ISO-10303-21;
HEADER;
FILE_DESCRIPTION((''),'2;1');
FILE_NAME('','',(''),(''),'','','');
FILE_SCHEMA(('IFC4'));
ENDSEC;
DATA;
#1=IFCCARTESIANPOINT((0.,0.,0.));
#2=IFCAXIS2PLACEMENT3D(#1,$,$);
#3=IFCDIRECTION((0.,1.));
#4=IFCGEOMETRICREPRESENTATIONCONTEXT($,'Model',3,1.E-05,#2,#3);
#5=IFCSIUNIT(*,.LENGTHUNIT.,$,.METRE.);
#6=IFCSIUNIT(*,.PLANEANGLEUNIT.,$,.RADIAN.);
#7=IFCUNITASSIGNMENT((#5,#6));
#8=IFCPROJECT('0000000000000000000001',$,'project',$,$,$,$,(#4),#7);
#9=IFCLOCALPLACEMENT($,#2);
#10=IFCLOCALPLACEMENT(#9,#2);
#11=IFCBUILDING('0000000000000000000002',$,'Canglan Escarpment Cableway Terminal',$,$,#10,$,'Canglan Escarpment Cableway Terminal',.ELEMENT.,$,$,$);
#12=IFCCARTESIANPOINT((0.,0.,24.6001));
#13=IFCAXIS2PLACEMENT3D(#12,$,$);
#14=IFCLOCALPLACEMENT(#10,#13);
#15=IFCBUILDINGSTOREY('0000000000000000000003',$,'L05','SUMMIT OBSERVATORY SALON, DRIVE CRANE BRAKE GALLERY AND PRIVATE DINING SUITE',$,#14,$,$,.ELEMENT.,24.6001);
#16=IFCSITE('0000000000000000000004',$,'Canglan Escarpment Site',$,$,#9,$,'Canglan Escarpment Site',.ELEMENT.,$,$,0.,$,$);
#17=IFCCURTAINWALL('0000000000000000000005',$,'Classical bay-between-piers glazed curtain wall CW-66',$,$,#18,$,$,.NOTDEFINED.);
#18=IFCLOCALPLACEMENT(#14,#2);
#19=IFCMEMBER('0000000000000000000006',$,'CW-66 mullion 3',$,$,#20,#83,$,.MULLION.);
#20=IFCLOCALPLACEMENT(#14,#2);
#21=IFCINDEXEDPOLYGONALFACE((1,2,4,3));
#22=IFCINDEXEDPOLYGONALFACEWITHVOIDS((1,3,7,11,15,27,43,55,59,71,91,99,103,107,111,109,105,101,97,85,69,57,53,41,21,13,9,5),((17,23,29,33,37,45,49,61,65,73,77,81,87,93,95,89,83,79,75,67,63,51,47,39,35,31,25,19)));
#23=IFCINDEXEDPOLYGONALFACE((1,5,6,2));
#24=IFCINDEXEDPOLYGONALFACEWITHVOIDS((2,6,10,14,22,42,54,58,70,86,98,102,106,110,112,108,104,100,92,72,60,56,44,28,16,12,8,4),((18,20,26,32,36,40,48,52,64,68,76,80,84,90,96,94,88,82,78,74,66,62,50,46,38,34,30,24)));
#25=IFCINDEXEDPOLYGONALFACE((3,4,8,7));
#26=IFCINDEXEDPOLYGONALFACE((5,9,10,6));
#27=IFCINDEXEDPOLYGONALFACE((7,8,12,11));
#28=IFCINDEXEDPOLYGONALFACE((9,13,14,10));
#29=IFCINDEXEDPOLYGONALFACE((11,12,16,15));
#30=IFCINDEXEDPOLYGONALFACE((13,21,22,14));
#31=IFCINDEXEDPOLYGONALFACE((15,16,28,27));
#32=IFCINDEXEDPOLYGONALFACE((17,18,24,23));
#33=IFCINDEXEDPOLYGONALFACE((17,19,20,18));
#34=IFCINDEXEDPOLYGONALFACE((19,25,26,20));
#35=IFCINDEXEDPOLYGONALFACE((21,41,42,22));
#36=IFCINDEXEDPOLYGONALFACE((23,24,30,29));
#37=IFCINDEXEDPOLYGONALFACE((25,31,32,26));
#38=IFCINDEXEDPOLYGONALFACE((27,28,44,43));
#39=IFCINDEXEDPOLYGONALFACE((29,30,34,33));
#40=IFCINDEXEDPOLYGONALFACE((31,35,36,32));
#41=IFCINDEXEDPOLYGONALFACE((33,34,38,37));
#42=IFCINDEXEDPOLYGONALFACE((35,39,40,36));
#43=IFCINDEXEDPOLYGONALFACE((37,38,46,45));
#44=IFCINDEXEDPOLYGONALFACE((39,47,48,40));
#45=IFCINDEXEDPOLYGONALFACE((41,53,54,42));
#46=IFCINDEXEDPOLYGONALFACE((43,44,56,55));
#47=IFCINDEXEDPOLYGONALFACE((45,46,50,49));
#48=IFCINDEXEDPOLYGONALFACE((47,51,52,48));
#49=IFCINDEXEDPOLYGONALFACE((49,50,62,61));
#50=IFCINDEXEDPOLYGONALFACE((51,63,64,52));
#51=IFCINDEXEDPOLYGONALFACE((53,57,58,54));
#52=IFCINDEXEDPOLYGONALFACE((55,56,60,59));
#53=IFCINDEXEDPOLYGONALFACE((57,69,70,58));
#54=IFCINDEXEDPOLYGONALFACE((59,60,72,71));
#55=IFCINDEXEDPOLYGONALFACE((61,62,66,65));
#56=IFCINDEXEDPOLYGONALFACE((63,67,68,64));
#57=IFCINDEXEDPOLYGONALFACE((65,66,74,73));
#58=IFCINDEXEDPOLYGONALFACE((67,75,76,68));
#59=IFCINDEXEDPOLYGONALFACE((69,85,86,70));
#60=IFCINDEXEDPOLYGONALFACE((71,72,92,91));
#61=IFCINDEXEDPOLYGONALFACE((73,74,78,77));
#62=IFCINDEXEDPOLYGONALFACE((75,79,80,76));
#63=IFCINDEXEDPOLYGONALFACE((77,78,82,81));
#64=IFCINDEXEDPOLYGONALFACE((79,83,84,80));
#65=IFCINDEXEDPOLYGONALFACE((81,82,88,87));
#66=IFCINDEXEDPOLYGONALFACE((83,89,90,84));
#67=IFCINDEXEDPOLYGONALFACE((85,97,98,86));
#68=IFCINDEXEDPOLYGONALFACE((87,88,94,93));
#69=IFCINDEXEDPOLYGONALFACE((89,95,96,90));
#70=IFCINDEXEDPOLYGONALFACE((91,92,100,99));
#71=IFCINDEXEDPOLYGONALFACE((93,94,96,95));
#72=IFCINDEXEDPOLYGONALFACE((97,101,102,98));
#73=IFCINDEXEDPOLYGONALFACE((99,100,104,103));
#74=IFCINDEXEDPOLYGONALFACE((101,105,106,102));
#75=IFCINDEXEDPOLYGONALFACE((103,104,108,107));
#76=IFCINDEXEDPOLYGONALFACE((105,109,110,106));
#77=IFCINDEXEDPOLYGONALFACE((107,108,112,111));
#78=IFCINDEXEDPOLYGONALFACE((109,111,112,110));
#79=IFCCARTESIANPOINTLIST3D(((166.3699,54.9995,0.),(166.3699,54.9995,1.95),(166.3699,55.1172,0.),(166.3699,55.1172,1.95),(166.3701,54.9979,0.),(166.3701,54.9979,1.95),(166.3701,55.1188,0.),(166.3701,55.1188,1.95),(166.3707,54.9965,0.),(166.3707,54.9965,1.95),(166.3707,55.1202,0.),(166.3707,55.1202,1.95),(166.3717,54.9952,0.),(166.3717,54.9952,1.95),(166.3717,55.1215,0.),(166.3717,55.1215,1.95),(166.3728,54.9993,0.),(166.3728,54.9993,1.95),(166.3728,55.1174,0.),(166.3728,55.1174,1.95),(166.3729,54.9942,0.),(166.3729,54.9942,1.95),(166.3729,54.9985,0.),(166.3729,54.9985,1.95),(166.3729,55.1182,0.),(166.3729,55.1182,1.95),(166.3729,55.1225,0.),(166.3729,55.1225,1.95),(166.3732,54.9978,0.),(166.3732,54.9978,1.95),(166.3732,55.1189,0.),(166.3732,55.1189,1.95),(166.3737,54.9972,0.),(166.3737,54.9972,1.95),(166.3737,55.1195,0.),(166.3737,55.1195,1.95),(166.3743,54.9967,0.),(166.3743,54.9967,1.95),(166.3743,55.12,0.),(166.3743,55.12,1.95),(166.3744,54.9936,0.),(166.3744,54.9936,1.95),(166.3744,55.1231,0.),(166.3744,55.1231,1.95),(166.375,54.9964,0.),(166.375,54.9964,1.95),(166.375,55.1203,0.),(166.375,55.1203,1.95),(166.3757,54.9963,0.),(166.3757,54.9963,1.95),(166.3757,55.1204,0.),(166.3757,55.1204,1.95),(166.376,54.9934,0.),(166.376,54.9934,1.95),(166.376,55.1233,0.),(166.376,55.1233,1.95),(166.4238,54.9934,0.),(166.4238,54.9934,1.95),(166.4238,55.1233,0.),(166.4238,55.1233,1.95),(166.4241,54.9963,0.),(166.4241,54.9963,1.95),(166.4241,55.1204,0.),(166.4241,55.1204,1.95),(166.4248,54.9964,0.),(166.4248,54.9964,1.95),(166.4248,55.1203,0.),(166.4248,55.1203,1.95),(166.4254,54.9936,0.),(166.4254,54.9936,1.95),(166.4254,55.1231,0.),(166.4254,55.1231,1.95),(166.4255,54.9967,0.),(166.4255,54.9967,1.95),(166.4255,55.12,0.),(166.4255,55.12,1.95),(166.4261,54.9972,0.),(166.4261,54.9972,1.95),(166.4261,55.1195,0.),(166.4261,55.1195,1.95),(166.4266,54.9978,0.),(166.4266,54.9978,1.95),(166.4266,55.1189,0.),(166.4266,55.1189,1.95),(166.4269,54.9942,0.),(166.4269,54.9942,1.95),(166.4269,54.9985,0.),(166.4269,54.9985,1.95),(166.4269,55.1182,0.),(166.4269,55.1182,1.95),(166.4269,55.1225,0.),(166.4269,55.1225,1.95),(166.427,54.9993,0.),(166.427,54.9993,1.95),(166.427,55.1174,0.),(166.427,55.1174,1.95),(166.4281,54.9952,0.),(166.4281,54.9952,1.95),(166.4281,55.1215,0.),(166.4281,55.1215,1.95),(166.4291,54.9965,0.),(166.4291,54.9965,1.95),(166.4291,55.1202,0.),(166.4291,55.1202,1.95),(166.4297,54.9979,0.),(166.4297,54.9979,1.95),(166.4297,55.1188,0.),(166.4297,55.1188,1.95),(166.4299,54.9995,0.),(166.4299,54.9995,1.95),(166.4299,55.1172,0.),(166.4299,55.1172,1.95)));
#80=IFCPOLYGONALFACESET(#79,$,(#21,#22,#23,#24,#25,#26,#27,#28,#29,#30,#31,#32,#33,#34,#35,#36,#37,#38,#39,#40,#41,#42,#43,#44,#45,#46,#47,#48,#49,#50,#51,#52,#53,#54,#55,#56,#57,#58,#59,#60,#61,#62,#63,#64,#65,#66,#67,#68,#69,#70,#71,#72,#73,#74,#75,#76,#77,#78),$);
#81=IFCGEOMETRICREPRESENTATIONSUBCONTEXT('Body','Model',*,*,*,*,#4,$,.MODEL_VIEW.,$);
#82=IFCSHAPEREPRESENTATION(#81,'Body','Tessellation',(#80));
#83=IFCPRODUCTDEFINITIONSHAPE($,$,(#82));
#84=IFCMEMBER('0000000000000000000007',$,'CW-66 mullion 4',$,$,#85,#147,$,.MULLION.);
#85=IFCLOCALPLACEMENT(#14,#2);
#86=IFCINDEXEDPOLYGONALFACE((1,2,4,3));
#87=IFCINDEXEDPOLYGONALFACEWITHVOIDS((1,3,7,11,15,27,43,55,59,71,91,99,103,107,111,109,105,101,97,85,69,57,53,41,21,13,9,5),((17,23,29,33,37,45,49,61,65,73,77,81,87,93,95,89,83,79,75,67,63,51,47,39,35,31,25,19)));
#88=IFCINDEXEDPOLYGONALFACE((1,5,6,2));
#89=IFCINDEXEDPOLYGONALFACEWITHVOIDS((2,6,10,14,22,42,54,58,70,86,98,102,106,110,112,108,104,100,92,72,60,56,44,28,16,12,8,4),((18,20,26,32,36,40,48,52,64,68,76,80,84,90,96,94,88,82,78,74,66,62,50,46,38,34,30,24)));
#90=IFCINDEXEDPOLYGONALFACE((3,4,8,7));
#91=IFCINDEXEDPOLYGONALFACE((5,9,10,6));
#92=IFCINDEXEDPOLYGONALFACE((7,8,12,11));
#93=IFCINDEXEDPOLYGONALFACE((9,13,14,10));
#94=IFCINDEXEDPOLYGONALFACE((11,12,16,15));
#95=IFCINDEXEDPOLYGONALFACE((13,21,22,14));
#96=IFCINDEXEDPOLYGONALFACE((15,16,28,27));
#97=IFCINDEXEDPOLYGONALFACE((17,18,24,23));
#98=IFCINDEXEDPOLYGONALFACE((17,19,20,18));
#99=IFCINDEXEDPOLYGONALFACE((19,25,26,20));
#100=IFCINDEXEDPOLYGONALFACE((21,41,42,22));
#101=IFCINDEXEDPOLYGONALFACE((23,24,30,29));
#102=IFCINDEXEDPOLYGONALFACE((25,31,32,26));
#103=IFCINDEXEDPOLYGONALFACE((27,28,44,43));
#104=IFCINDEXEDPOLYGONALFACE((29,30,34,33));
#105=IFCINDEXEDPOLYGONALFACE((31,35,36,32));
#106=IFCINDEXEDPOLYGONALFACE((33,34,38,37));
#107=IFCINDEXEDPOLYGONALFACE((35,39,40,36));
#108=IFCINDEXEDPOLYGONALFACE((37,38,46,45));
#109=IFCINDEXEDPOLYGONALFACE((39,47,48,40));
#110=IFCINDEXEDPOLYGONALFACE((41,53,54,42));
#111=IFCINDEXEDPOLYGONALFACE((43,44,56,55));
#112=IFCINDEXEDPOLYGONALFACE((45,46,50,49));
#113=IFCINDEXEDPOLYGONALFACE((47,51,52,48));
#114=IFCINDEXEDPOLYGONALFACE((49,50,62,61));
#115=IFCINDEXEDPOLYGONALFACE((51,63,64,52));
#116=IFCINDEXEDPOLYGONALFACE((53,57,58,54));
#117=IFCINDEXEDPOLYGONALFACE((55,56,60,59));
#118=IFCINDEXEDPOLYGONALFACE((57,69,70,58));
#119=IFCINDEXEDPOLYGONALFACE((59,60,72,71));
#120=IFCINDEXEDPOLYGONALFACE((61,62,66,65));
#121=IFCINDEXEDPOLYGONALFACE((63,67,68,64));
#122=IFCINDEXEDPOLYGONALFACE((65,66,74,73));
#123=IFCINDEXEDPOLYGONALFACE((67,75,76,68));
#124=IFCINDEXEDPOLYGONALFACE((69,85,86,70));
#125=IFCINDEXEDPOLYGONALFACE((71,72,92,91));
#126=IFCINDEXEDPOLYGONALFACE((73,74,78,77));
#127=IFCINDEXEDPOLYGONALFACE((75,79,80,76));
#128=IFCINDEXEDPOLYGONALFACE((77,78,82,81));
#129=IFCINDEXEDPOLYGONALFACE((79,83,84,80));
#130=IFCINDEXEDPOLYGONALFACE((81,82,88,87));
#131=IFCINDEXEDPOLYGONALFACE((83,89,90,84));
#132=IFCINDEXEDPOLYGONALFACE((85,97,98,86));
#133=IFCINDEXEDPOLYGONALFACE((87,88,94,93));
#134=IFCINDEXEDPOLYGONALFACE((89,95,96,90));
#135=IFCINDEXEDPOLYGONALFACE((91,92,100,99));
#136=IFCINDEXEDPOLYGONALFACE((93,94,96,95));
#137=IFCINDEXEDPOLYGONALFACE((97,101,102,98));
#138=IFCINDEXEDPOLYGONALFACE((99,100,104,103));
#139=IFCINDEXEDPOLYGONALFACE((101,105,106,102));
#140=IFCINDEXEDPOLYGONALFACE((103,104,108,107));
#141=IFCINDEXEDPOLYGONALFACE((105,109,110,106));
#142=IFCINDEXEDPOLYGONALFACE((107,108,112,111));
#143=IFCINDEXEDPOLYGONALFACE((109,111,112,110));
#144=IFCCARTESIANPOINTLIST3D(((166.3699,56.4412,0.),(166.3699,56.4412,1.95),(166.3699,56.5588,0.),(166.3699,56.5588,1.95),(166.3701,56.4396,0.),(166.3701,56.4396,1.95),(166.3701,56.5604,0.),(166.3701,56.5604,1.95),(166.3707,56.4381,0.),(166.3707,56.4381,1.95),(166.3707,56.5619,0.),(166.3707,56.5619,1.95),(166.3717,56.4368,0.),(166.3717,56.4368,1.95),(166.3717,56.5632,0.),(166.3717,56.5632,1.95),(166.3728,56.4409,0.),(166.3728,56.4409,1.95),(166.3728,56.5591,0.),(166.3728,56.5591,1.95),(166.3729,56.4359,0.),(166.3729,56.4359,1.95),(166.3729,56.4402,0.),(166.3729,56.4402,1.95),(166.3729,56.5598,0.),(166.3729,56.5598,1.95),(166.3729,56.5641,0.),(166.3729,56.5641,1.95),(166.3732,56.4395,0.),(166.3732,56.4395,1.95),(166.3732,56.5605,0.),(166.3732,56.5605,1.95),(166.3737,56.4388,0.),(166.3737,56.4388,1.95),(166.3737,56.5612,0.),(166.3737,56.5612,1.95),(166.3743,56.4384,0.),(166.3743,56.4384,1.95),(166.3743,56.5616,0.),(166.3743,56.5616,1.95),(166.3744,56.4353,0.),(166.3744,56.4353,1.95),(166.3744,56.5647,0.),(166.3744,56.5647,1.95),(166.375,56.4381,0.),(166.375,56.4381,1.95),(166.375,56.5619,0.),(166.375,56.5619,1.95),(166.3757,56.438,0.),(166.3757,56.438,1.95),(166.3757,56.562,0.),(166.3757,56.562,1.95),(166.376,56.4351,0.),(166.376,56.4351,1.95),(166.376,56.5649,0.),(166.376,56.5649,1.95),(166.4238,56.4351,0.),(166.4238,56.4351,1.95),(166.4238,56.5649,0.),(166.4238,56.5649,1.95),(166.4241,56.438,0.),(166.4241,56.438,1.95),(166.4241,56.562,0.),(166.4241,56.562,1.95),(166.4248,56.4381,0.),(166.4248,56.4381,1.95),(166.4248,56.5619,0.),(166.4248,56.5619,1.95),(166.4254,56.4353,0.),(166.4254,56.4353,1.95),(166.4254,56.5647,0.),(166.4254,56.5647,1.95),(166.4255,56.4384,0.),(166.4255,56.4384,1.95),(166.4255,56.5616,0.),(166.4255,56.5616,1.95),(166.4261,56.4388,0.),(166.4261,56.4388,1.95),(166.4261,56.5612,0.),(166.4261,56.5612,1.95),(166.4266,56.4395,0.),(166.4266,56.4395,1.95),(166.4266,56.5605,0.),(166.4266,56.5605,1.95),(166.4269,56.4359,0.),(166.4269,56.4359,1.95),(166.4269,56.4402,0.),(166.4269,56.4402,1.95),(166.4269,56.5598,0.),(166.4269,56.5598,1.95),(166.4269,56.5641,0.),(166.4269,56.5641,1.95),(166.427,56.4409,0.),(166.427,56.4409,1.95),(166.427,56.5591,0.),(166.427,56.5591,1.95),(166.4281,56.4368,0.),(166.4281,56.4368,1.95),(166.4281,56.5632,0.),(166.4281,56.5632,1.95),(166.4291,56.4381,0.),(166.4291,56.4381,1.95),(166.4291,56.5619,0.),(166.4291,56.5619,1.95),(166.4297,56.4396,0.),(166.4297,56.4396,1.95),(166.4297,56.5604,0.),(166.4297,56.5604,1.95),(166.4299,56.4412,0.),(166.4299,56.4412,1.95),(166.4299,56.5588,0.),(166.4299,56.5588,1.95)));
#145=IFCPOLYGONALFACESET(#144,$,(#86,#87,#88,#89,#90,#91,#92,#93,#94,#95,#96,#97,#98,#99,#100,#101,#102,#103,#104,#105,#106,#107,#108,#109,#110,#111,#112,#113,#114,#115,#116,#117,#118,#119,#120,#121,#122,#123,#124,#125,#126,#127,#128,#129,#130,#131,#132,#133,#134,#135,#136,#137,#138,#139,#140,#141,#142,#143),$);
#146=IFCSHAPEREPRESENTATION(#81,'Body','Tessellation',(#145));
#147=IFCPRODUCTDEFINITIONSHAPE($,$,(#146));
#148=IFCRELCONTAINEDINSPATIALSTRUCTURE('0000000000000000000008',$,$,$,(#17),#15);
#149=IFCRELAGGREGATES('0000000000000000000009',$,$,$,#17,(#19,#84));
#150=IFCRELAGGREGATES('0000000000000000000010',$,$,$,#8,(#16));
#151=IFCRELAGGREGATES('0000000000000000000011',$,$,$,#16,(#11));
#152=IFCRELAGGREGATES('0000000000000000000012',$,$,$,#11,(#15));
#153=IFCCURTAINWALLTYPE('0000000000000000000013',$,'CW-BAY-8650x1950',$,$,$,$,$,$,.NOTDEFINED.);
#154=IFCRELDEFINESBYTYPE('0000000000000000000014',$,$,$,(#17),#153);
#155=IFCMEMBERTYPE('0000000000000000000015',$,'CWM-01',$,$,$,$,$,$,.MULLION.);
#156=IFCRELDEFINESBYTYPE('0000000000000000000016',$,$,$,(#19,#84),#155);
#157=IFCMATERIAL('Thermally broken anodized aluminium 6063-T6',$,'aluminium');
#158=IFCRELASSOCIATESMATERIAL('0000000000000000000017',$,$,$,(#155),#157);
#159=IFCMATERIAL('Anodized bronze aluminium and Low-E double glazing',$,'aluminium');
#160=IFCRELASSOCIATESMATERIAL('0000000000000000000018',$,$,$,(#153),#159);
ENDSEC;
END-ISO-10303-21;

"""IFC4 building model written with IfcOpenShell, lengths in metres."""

from ifc_helpers import new_model, si_unit, direction, frame, origin, origin_2d, place, context, subcontext, project, spatial, hollow_rectangle, extrude, material, material_profile, profile_set, type_object, element, aggregate, save


model = new_model("IFC4")

# Units and contexts
model_context = context("Model", 3, precision=1e-05, world=origin(), true_north=direction((0.0, 1.0)))
body_context = subcontext(model_context, "Body", "Model", "MODEL_VIEW")
ifc_project = project(units=[si_unit("LENGTHUNIT", "METRE"), si_unit("PLANEANGLEUNIT", "RADIAN")], contexts=[model_context])

# Site, building, storey
site_placement = place(None, origin())
site = spatial("IfcSite", under=ifc_project, at=site_placement, Name="Canglan Escarpment Site", LongName="Canglan Escarpment Site", CompositionType="ELEMENT", RefElevation=0.0)
building_placement = place(site_placement, origin())
building = spatial("IfcBuilding", under=site, at=building_placement, Name="Canglan Escarpment Cableway Terminal", LongName="Canglan Escarpment Cableway Terminal", CompositionType="ELEMENT")
storey_placement = place(building_placement, frame((0.0, 0.0, 24.6001)))
storey = spatial("IfcBuildingStorey", under=building, at=storey_placement, Name="L05", Description="SUMMIT OBSERVATORY SALON, DRIVE CRANE BRAKE GALLERY AND PRIVATE DINING SUITE", CompositionType="ELEMENT", Elevation=24.6001)

# Shared definitions
ifc_material_1 = material(Name="Anodized bronze aluminium and Low-E double glazing", Category="aluminium")
ifc_material_2 = material(Name="Thermally broken anodized aluminium 6063-T6", Category="aluminium")
ifc_material_profile_1 = material_profile(ifc_material_2, hollow_rectangle(XDim=0.0601, YDim=0.1299, WallThickness=0.0029, InnerFilletRadius=0.0029, OuterFilletRadius=0.0061, at=origin_2d()), Name="ALU-MULL 60x130x3")
ifc_profile_set_1 = profile_set([ifc_material_profile_1], Name="Thermally broken anodized aluminium 6063-T6")
member_type_1 = type_object("IfcMemberType", Name="CWM-01", PredefinedType="MULLION", material=ifc_profile_set_1)

# Curtain wall, members
curtain_wall_type_1 = type_object("IfcCurtainWallType", Name="CW-BAY-8650x1950", PredefinedType="NOTDEFINED", material=ifc_material_1)
curtain_wall_1_placement = place(storey_placement, origin())
curtain_wall_1 = element("IfcCurtainWall", 1, at=curtain_wall_1_placement, inside=storey, type_object=curtain_wall_type_1, Name="Classical bay-between-piers glazed curtain wall CW-66", PredefinedType="NOTDEFINED")
member_1_placement = place(storey_placement, frame((166.3999, 55.0583, 0.0), z_axis=(0.0, 0.0, 1.0), x_axis=(-1.0, 0.0, 0.0)))
member_1 = element("IfcMember", 2, at=member_1_placement, type_object=member_type_1, Name="CW-66 mullion 3", PredefinedType="MULLION", context=body_context, shape_type="SweptSolid", body=[
    extrude(hollow_rectangle(XDim=0.0601, YDim=0.1299, WallThickness=0.0029, InnerFilletRadius=0.0029, OuterFilletRadius=0.0061, at=origin_2d()), origin(), (0.0, 0.0, 1.0), 1.95),
])
member_2_placement = place(storey_placement, frame((166.3999, 56.5, 0.0), z_axis=(0.0, 0.0, 1.0), x_axis=(-1.0, 0.0, 0.0)))
member_2 = element("IfcMember", 3, at=member_2_placement, type_object=member_type_1, Name="CW-66 mullion 4", PredefinedType="MULLION", context=body_context, shape_type="SweptSolid", body=[
    extrude(hollow_rectangle(XDim=0.0601, YDim=0.1299, WallThickness=0.0029, InnerFilletRadius=0.0029, OuterFilletRadius=0.0061, at=origin_2d()), origin(), (0.0, 0.0, 1.0), 1.95),
])

aggregate(curtain_wall_1, [member_1, member_2])

save(model, "model.ifc")
